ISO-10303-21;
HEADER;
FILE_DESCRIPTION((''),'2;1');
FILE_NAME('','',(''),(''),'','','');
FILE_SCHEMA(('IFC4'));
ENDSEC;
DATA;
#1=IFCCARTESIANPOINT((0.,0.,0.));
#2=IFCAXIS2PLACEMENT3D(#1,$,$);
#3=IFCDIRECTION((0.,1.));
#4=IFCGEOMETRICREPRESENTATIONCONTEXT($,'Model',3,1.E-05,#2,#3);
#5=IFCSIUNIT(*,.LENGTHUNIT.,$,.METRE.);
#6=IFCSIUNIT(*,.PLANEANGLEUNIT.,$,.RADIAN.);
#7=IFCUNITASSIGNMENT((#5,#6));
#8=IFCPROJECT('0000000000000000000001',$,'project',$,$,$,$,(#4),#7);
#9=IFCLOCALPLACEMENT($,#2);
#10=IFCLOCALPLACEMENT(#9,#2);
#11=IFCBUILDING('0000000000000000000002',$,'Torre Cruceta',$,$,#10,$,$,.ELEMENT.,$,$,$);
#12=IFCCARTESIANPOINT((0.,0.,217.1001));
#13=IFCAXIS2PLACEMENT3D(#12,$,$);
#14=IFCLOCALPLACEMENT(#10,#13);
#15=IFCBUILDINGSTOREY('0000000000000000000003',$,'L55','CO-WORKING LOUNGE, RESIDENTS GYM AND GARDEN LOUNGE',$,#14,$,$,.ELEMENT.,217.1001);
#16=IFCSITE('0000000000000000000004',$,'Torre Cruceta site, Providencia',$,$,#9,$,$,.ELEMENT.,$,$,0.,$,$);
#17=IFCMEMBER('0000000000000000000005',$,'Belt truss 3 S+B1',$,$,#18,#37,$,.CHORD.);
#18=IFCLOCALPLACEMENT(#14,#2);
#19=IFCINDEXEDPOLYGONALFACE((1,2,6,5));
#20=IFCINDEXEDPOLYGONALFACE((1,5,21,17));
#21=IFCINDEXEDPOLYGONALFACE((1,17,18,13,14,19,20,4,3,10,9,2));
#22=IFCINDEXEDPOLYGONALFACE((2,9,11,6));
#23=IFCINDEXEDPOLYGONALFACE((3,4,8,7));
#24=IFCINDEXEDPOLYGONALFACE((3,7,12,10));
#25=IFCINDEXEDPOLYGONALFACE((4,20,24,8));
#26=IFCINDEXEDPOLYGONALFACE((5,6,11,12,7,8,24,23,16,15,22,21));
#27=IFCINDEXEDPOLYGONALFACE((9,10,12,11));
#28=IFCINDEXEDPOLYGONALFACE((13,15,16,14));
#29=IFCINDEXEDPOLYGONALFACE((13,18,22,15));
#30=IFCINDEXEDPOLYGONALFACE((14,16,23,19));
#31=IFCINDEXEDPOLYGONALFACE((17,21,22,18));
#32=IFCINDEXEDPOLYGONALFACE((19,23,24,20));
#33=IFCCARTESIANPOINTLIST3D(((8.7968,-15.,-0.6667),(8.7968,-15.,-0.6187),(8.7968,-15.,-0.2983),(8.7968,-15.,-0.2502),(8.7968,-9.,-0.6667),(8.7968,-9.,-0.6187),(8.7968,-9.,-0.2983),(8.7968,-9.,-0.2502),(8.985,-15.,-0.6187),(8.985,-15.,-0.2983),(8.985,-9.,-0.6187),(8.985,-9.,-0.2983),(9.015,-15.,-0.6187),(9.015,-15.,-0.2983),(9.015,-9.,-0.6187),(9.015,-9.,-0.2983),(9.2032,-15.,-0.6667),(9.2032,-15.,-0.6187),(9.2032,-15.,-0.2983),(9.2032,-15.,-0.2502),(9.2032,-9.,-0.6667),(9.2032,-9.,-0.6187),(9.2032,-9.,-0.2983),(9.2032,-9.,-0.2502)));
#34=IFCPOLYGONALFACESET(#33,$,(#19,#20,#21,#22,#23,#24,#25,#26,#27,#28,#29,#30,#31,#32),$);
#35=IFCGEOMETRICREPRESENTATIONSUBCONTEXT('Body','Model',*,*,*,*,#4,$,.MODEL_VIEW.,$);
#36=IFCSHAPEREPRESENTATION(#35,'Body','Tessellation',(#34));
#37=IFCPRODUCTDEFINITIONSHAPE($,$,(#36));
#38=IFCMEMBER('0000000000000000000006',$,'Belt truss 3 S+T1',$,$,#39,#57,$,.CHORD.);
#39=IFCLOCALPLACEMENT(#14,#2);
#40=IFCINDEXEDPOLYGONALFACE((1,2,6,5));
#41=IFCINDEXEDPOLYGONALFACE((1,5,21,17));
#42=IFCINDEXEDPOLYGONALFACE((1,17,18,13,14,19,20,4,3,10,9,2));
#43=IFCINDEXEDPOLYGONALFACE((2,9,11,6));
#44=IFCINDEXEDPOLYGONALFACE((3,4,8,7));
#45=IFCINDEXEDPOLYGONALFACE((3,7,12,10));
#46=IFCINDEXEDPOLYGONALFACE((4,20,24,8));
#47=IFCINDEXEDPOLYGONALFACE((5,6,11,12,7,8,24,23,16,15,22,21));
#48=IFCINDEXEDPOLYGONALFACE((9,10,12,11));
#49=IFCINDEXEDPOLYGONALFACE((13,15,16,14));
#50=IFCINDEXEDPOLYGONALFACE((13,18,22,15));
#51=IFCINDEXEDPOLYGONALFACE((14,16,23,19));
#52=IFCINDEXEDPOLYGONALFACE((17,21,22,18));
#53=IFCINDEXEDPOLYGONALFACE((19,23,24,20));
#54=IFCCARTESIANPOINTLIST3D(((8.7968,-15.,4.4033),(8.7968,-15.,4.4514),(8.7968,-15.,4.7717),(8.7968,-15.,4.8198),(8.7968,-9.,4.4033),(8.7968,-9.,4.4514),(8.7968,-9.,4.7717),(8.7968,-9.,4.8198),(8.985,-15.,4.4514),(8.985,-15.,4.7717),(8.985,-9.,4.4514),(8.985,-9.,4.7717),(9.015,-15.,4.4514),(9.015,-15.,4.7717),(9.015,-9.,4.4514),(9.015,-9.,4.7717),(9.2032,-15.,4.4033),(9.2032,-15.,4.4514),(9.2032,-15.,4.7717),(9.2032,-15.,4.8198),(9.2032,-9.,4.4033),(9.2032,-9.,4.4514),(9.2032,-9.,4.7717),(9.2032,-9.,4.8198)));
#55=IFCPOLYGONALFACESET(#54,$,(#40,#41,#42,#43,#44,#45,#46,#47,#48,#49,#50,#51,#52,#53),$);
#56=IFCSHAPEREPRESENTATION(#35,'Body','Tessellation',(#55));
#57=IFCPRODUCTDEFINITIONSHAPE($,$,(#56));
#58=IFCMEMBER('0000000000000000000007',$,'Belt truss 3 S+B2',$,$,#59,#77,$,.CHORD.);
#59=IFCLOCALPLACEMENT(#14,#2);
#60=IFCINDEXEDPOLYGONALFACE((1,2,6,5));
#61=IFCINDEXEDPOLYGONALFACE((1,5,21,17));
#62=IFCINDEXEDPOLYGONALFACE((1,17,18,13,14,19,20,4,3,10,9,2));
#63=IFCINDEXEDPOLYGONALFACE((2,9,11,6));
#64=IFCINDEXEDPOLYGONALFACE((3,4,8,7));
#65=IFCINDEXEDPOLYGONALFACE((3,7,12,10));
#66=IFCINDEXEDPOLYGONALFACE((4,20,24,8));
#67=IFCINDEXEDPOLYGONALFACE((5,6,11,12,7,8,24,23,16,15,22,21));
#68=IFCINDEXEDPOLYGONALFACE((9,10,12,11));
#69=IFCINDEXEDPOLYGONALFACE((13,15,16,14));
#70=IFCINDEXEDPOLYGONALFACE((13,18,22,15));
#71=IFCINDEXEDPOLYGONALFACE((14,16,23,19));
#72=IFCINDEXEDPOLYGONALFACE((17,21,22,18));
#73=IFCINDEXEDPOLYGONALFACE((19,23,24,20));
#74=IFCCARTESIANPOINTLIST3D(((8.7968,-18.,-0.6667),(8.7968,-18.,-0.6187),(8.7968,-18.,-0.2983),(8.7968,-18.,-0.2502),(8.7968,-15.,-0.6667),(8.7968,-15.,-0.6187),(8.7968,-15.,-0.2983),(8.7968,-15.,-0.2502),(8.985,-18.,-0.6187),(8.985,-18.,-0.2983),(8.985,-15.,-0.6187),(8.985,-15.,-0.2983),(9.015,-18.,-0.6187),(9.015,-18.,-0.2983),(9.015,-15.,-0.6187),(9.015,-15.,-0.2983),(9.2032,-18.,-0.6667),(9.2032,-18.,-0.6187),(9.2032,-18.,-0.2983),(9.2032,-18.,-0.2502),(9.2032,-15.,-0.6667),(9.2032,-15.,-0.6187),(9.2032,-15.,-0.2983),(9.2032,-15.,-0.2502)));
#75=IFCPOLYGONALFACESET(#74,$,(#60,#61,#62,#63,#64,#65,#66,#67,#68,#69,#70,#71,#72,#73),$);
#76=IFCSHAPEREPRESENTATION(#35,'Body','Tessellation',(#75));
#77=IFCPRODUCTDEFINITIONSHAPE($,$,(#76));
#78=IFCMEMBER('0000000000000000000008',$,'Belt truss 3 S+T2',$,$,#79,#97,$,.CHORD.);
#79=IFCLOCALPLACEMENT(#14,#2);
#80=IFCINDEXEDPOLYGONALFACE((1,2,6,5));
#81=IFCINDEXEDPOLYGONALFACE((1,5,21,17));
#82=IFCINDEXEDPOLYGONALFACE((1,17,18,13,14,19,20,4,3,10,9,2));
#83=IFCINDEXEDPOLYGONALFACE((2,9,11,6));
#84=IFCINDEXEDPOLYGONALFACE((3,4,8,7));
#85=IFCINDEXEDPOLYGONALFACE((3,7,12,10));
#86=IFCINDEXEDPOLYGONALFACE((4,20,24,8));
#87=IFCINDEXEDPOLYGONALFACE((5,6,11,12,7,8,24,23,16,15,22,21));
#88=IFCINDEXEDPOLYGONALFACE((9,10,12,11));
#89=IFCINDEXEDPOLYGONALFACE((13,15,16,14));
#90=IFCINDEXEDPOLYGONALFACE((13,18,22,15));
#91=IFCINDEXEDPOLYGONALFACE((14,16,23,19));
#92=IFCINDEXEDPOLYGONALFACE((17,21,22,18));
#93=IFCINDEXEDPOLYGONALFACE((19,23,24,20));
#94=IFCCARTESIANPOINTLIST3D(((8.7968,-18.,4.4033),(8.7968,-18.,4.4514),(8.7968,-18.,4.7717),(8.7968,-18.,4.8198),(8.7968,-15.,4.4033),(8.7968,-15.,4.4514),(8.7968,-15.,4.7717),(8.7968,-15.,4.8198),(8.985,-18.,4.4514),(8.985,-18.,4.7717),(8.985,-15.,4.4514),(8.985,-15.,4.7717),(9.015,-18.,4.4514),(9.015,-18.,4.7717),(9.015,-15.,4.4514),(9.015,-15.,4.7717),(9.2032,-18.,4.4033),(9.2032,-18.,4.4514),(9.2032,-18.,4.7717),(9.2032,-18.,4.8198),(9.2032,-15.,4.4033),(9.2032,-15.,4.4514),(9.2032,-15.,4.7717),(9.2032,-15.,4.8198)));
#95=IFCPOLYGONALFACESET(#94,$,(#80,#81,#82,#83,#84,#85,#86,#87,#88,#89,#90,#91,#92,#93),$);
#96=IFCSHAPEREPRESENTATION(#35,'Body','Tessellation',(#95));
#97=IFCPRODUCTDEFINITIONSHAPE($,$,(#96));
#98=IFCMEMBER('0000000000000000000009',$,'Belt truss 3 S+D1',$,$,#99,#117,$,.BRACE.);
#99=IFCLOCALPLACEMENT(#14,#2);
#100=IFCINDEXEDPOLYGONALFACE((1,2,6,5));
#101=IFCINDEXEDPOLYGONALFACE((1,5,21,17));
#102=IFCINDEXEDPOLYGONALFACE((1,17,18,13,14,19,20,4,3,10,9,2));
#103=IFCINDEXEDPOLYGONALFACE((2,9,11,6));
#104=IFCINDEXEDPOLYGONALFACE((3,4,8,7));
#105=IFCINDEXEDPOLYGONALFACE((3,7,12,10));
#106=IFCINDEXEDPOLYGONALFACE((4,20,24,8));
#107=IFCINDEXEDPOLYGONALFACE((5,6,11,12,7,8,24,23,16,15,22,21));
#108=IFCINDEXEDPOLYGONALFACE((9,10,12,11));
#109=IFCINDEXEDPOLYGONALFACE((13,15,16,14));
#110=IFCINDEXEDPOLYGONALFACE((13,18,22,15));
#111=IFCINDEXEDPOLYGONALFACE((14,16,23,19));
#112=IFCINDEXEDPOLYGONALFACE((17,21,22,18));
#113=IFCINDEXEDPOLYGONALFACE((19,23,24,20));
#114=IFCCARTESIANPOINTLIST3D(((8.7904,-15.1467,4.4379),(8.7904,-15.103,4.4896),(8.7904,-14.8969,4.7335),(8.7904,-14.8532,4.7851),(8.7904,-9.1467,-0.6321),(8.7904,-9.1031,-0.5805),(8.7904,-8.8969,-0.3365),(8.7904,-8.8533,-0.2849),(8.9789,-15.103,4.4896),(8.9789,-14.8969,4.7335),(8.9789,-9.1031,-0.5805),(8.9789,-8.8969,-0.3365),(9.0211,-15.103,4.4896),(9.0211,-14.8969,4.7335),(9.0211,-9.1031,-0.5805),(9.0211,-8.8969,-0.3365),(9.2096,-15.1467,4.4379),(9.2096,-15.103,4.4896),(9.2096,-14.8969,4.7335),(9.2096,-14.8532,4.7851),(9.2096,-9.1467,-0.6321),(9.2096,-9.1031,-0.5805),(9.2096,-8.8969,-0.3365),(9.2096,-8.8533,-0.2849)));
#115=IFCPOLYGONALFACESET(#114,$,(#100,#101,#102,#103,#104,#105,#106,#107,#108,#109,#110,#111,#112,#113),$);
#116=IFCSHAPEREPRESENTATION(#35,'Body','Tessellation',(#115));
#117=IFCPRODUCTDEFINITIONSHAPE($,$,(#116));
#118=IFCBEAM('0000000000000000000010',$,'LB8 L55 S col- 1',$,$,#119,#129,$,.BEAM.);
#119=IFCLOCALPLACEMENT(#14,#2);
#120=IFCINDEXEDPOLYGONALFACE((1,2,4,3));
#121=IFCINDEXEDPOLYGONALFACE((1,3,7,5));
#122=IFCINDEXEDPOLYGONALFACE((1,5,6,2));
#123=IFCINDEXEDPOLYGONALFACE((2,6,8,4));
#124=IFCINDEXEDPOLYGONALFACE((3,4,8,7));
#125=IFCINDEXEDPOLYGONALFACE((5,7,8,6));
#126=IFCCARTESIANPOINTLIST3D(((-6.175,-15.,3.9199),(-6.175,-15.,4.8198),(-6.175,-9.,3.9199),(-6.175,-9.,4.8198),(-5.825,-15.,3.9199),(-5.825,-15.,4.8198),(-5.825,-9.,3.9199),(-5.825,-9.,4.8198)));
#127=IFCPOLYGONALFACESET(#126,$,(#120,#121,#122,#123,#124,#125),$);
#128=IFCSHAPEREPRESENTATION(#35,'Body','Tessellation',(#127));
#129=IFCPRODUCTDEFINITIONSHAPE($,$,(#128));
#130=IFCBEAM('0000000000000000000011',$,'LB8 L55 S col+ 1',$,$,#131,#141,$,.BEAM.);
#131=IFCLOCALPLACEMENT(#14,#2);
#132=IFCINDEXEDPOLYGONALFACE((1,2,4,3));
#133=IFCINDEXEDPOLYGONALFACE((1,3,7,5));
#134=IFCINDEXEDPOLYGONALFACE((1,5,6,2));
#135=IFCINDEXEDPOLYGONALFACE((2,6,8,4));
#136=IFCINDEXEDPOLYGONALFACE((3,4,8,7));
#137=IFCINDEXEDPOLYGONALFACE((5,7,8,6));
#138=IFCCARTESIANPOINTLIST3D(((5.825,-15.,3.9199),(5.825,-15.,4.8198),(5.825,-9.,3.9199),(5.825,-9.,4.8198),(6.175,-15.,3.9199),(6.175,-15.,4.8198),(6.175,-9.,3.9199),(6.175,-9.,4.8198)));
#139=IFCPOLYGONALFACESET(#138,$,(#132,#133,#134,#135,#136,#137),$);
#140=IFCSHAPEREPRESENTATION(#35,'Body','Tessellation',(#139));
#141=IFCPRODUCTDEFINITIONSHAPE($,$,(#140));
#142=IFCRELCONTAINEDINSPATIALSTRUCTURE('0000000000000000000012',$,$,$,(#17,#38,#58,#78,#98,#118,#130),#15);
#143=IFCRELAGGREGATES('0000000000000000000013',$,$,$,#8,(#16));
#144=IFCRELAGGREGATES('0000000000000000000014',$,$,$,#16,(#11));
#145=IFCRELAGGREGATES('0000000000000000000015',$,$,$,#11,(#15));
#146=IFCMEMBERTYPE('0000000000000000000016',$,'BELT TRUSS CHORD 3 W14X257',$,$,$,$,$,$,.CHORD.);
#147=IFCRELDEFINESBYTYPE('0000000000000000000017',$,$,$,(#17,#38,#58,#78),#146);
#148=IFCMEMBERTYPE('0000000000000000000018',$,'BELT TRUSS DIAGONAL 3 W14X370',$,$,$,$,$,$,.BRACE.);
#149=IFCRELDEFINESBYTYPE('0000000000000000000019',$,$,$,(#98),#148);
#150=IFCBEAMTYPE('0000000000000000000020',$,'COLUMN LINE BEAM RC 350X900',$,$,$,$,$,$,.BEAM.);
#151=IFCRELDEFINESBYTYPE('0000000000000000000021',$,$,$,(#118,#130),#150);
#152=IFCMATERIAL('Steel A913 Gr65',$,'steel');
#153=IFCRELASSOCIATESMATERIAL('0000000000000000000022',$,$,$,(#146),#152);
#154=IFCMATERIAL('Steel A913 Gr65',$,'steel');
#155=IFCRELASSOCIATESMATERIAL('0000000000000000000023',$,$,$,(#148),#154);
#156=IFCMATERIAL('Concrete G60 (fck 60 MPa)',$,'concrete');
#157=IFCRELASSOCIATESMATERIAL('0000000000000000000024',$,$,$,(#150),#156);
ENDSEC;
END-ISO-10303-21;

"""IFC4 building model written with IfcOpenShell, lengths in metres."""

from ifc_helpers import new_model, si_unit, direction, frame, origin, origin_2d, place, context, subcontext, project, spatial, rectangle, i_section, extrude, material, material_profile, profile_set, type_object, element, save


model = new_model("IFC4")

# Units and contexts
model_context = context("Model", 3, precision=1e-05, world=origin(), true_north=direction((0.0, 1.0)))
body_context = subcontext(model_context, "Body", "Model", "MODEL_VIEW")
ifc_project = project(units=[si_unit("LENGTHUNIT", "METRE"), si_unit("PLANEANGLEUNIT", "RADIAN")], contexts=[model_context])

# Site, building, storey
site_placement = place(None, origin())
site = spatial("IfcSite", under=ifc_project, at=site_placement, Name="Torre Cruceta site, Providencia", CompositionType="ELEMENT", RefElevation=0.0)
building_placement = place(site_placement, origin())
building = spatial("IfcBuilding", under=site, at=building_placement, Name="Torre Cruceta", CompositionType="ELEMENT")
storey_placement = place(building_placement, frame((0.0, 0.0, 217.1001)))
storey = spatial("IfcBuildingStorey", under=building, at=storey_placement, Name="L55", Description="CO-WORKING LOUNGE, RESIDENTS GYM AND GARDEN LOUNGE", CompositionType="ELEMENT", Elevation=217.1001)

# Members
ifc_material_1 = material(Name="Steel A913 Gr65", Category="steel")
ifc_material_profile_1 = material_profile(ifc_material_1, i_section(OverallWidth=0.4065, OverallDepth=0.4165, WebThickness=0.03, FlangeThickness=0.0481, at=origin_2d()), Name="W14X257")
ifc_profile_set_1 = profile_set([ifc_material_profile_1], Name="Steel A913 Gr65")
member_type_1 = type_object("IfcMemberType", Name="BELT TRUSS CHORD 3 W14X257", PredefinedType="CHORD", material=ifc_profile_set_1)
for number, where, z_axis, x_axis, name in (
    (1, (9.0, -9.0, -0.4585), (0.0, -1.0, 0.0), (1.0, 0.0, 0.0), "Belt truss 3 S+B1"),
    (2, (9.0, -9.0, 4.6116), (0.0, -1.0, 0.0), (1.0, 0.0, 0.0), "Belt truss 3 S+T1"),
):
    element("IfcMember", number, at=place(storey_placement, frame(where, z_axis=z_axis, x_axis=x_axis)), inside=storey, type_object=member_type_1, Name=name, PredefinedType="CHORD", context=body_context, shape_type="SweptSolid", body=[
        extrude(i_section(OverallWidth=0.4065, OverallDepth=0.4165, WebThickness=0.03, FlangeThickness=0.0481, at=origin_2d()), origin(), (0.0, 0.0, 1.0), 6.0),
    ])
for number, where, z_axis, x_axis, name in (
    (3, (9.0, -15.0, -0.4585), (0.0, -1.0, 0.0), (1.0, 0.0, 0.0), "Belt truss 3 S+B2"),
    (4, (9.0, -15.0, 4.6116), (0.0, -1.0, 0.0), (1.0, 0.0, 0.0), "Belt truss 3 S+T2"),
):
    element("IfcMember", number, at=place(storey_placement, frame(where, z_axis=z_axis, x_axis=x_axis)), inside=storey, type_object=member_type_1, Name=name, PredefinedType="CHORD", context=body_context, shape_type="SweptSolid", body=[
        extrude(i_section(OverallWidth=0.4065, OverallDepth=0.4165, WebThickness=0.03, FlangeThickness=0.0481, at=origin_2d()), origin(), (0.0, 0.0, 1.0), 3.0),
    ])
ifc_material_2 = material(Name="Steel A913 Gr65", Category="steel")
ifc_material_profile_2 = material_profile(ifc_material_2, i_section(OverallWidth=0.4192, OverallDepth=0.4546, WebThickness=0.0422, FlangeThickness=0.0676, at=origin_2d()), Name="W14X370")
ifc_profile_set_2 = profile_set([ifc_material_profile_2], Name="Steel A913 Gr65")
member_type_2 = type_object("IfcMemberType", Name="BELT TRUSS DIAGONAL 3 W14X370", PredefinedType="BRACE", material=ifc_profile_set_2)
member_placement = place(storey_placement, frame((9.0, -9.0, -0.4585), z_axis=(0.0, -0.763816, 0.645434), x_axis=(1.0, 0.0, 0.0)))
element("IfcMember", 5, at=member_placement, inside=storey, type_object=member_type_2, Name="Belt truss 3 S+D1", PredefinedType="BRACE", context=body_context, shape_type="SweptSolid", body=[
    extrude(i_section(OverallWidth=0.4192, OverallDepth=0.4546, WebThickness=0.0422, FlangeThickness=0.0676, at=origin_2d()), origin(), (0.0, 0.0, 1.0), 7.8552),
])

# Beams
ifc_material_3 = material(Name="Concrete G60 (fck 60 MPa)", Category="concrete")
ifc_material_profile_3 = material_profile(ifc_material_3, rectangle(XDim=0.3501, YDim=0.8999, at=origin_2d()), Name="RC 350X900")
ifc_profile_set_3 = profile_set([ifc_material_profile_3], Name="Concrete G60 (fck 60 MPa)")
beam_type = type_object("IfcBeamType", Name="COLUMN LINE BEAM RC 350X900", PredefinedType="BEAM", material=ifc_profile_set_3)
for number, where, z_axis, x_axis, name in (
    (6, (-6.0, -9.0, 4.3699), (0.0, -1.0, 0.0), (1.0, 0.0, 0.0), "LB8 L55 S col- 1"),
    (7, (6.0, -9.0, 4.3699), (0.0, -1.0, 0.0), (1.0, 0.0, 0.0), "LB8 L55 S col+ 1"),
):
    element("IfcBeam", number, at=place(storey_placement, frame(where, z_axis=z_axis, x_axis=x_axis)), inside=storey, type_object=beam_type, Name=name, PredefinedType="BEAM", context=body_context, shape_type="SweptSolid", body=[
        extrude(rectangle(XDim=0.3501, YDim=0.8999, at=origin_2d()), origin(), (0.0, 0.0, 1.0), 6.0),
    ])

save(model, "model.ifc")
